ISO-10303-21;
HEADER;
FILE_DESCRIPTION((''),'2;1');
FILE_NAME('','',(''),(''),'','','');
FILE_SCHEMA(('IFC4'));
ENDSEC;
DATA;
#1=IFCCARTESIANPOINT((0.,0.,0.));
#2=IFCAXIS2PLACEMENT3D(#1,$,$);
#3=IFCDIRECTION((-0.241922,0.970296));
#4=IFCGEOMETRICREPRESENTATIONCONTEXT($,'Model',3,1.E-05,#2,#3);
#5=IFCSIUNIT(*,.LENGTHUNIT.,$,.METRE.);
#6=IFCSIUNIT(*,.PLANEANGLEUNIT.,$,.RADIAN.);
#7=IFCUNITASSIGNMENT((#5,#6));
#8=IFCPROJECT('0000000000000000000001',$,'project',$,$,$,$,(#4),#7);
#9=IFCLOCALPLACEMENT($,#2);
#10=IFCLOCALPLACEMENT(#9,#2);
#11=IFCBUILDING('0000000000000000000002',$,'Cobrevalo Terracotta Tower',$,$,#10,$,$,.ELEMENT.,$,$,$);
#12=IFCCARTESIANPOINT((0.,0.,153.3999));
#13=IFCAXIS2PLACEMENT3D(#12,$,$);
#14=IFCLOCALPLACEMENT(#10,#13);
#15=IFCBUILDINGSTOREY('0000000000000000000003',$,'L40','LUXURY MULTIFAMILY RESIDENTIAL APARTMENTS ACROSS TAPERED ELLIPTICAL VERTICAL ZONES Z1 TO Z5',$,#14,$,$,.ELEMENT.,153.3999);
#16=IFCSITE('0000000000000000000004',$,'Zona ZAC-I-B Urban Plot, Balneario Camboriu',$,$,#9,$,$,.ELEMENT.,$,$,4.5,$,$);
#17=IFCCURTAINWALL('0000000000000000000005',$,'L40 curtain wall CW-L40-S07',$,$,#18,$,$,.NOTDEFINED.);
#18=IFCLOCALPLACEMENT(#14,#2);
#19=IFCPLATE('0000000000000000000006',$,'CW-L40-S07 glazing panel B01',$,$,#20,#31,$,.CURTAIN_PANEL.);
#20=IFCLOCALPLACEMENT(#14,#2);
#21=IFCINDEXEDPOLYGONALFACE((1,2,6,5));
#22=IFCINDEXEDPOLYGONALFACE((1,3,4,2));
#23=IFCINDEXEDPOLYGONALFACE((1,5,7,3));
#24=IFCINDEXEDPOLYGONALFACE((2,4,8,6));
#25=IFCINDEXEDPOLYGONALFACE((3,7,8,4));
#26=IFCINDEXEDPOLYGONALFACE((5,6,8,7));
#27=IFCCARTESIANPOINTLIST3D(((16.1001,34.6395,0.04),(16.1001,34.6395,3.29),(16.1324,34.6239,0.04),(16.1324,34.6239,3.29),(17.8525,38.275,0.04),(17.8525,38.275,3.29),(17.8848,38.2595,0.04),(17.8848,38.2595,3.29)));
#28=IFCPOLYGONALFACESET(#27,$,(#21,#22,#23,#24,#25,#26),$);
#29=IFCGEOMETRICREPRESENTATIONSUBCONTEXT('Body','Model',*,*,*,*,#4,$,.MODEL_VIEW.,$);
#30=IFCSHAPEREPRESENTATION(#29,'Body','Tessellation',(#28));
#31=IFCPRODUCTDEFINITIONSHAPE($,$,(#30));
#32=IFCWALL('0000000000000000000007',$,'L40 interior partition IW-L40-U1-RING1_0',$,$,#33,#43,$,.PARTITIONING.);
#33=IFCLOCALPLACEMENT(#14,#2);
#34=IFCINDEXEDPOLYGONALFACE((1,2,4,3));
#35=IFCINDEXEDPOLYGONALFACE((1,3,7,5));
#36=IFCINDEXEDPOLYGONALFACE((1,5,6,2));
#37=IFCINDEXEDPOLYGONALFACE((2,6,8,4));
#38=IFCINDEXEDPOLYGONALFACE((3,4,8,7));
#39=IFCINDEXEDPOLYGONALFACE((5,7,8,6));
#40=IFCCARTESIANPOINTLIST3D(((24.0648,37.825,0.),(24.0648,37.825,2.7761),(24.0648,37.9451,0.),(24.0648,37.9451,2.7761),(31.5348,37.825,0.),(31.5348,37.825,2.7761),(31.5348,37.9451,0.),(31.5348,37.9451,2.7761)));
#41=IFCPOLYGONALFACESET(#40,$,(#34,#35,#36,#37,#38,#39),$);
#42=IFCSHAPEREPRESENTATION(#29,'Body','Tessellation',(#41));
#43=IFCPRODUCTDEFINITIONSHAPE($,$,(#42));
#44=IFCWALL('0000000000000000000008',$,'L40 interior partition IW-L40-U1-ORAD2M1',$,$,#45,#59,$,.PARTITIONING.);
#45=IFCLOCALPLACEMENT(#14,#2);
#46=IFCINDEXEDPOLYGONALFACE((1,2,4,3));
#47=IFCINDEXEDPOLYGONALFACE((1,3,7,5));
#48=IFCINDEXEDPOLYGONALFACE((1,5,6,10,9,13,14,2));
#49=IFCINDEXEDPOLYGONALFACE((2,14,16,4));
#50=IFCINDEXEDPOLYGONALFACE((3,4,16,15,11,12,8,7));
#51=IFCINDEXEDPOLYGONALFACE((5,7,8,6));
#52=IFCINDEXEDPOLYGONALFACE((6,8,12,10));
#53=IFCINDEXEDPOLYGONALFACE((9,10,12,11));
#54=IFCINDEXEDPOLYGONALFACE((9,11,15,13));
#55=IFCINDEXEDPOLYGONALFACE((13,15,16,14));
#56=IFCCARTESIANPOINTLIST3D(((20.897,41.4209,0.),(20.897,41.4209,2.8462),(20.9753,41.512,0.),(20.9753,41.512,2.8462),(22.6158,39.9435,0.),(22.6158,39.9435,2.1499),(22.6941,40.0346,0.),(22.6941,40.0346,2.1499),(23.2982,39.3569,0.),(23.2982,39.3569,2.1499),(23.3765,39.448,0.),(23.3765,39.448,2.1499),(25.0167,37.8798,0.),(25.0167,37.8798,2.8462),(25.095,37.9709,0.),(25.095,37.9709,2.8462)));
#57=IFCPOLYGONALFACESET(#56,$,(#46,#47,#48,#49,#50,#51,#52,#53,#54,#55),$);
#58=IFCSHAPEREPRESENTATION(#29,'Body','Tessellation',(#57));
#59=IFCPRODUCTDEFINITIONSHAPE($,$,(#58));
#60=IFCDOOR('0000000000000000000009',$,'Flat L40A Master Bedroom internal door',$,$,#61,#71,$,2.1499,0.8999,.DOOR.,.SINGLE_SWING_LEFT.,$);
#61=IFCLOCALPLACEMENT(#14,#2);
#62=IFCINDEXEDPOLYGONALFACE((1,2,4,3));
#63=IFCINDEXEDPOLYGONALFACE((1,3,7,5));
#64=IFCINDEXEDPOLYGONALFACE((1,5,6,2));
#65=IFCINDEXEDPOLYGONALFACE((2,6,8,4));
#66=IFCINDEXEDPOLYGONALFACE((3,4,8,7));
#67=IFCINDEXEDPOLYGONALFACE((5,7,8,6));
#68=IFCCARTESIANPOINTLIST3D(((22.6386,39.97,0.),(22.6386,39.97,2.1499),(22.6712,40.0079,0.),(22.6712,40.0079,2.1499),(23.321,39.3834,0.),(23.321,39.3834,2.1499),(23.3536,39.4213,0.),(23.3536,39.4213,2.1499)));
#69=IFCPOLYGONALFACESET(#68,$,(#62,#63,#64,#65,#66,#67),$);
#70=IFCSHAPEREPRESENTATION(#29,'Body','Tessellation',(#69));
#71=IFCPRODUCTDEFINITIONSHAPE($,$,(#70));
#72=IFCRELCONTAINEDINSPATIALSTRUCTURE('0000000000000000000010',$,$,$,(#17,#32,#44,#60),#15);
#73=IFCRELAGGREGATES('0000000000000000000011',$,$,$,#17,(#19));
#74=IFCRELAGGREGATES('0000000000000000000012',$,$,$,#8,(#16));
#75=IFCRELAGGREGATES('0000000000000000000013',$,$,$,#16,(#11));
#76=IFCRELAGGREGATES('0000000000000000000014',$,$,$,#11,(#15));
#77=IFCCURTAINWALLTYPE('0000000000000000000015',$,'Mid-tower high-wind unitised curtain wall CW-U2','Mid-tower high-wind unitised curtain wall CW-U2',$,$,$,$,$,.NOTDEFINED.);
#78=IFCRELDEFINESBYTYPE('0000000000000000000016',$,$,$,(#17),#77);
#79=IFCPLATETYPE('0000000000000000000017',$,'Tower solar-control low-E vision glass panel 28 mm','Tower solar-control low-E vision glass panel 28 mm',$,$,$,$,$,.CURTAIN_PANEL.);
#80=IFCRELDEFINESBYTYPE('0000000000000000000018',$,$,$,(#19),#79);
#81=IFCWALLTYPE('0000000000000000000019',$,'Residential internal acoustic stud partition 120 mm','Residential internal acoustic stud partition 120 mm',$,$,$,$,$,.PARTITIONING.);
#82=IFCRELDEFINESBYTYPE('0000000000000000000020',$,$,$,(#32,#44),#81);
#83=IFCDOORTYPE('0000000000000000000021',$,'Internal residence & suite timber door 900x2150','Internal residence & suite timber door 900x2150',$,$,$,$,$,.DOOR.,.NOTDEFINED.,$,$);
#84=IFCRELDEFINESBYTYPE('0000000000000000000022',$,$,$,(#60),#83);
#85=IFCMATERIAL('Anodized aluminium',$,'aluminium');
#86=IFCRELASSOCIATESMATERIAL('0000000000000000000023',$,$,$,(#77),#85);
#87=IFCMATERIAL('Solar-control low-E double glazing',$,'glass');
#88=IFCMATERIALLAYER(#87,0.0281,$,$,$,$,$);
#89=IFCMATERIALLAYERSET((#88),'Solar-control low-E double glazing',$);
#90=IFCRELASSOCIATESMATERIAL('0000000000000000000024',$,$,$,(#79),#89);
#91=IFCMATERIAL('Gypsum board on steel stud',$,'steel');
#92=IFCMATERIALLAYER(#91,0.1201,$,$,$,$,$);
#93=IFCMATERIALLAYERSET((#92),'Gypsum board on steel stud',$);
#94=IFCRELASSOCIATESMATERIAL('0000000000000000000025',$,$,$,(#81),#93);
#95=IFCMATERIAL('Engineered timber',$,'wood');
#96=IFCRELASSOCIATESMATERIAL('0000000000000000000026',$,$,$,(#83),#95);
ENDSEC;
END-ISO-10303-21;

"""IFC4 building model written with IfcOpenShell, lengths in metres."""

from ifc_helpers import new_model, si_unit, direction, frame, frame_2d, origin, origin_2d, place, context, subcontext, project, spatial, rectangle, extrude, source, transform, mapped, material, layer, layer_set, type_object, element, fill, aggregate, save


model = new_model("IFC4")

# Units and contexts
model_context = context("Model", 3, precision=1e-05, world=origin(), true_north=direction((-0.241922, 0.970296)))
body_context = subcontext(model_context, "Body", "Model", "MODEL_VIEW")
ifc_project = project(units=[si_unit("LENGTHUNIT", "METRE"), si_unit("PLANEANGLEUNIT", "RADIAN")], contexts=[model_context])

# Site, building, storey
site_placement = place(None, origin())
site = spatial("IfcSite", under=ifc_project, at=site_placement, Name="Zona ZAC-I-B Urban Plot, Balneario Camboriu", CompositionType="ELEMENT", RefElevation=4.5)
building_placement = place(site_placement, origin())
building = spatial("IfcBuilding", under=site, at=building_placement, Name="Cobrevalo Terracotta Tower", CompositionType="ELEMENT")
storey_placement = place(building_placement, frame((0.0, 0.0, 153.3999)))
storey = spatial("IfcBuildingStorey", under=building, at=storey_placement, Name="L40", Description="LUXURY MULTIFAMILY RESIDENTIAL APARTMENTS ACROSS TAPERED ELLIPTICAL VERTICAL ZONES Z1 TO Z5", CompositionType="ELEMENT", Elevation=153.3999)

# Shared definitions
ifc_material_1 = material(Name="Anodized aluminium", Category="aluminium")
curtain_wall_type = type_object("IfcCurtainWallType", Name="Mid-tower high-wind unitised curtain wall CW-U2", Description="Mid-tower high-wind unitised curtain wall CW-U2", PredefinedType="NOTDEFINED", material=ifc_material_1)

# Curtain wall
curtain_wall_1_placement = place(storey_placement, origin())
curtain_wall_1 = element("IfcCurtainWall", 1, at=curtain_wall_1_placement, inside=storey, type_object=curtain_wall_type, Name="L40 curtain wall CW-L40-S07", PredefinedType="NOTDEFINED")

# Plate
ifc_material_2 = material(Name="Solar-control low-E double glazing", Category="glass")
ifc_layer_1 = layer(ifc_material_2, 0.0281)
ifc_layer_set_1 = layer_set([ifc_layer_1], Name="Solar-control low-E double glazing")
plate_type = type_object("IfcPlateType", Name="Tower solar-control low-E vision glass panel 28 mm", Description="Tower solar-control low-E vision glass panel 28 mm", PredefinedType="CURTAIN_PANEL", material=ifc_layer_set_1)
shared_shape_1 = source(origin(), body_context, "Body", "SweptSolid", [
    extrude(rectangle(XDim=4.0359, YDim=0.0359, at=origin_2d()), origin(), (0.0, 0.0, 1.0), 3.25),
])
plate_1_placement = place(storey_placement, frame((16.9924, 36.4495, 0.04), z_axis=(0.0, 0.0, 1.0), x_axis=(-0.434209, -0.900812, 0.0)))
plate_1 = element("IfcPlate", 2, at=plate_1_placement, type_object=plate_type, Name="CW-L40-S07 glazing panel B01", PredefinedType="CURTAIN_PANEL", context=body_context, shape_type="MappedRepresentation", body=[
    mapped(shared_shape_1, transform((0.0, 0.0, 0.0), scale=1.0)),
])
aggregate(curtain_wall_1, [plate_1])

# Wall
ifc_material_3 = material(Name="Gypsum board on steel stud", Category="steel")
ifc_layer_2 = layer(ifc_material_3, 0.1201)
ifc_layer_set_2 = layer_set([ifc_layer_2], Name="Gypsum board on steel stud")
wall_type = type_object("IfcWallType", Name="Residential internal acoustic stud partition 120 mm", Description="Residential internal acoustic stud partition 120 mm", PredefinedType="PARTITIONING", material=ifc_layer_set_2)
wall_1_placement = place(storey_placement, frame((24.0649, 37.885, 0.0), z_axis=(0.0, 0.0, 1.0), x_axis=(1.0, 0.0, 0.0)))
element("IfcWall", 3, at=wall_1_placement, inside=storey, type_object=wall_type, Name="L40 interior partition IW-L40-U1-RING1_0", PredefinedType="PARTITIONING", context=body_context, shape_type="SweptSolid", body=[
    extrude(rectangle(XDim=7.47, YDim=0.1201, at=frame_2d((3.7349, 0.0))), origin(), (0.0, 0.0, 1.0), 2.7761),
])

# Wall, opening, door
wall_2_placement = place(storey_placement, frame((25.0559, 37.9253, 0.0), z_axis=(0.0, 0.0, 1.0), x_axis=(-0.758355, 0.651842, 0.0)))
wall_2 = element("IfcWall", 4, at=wall_2_placement, inside=storey, type_object=wall_type, Name="L40 interior partition IW-L40-U1-ORAD2M1", PredefinedType="PARTITIONING", context=body_context, shape_type="SweptSolid", body=[
    extrude(rectangle(XDim=5.4324, YDim=0.1201, at=frame_2d((2.7163, 0.0))), origin(), (0.0, 0.0, 1.0), 2.8462),
])
opening_placement = place(wall_2_placement, frame((2.2661, 0.0, 0.0)))
opening = element("IfcOpeningElement", 5, at=opening_placement, cuts=wall_2, PredefinedType="OPENING", context=body_context, shape_type="SweptSolid", body=[
    extrude(rectangle(XDim=0.8999, YDim=2.1499, at=frame_2d((0.45, 1.075))), frame((0.0, 0.0701, 0.0), z_axis=(0.0, -1.0, 0.0), x_axis=(1.0, 0.0, 0.0)), (0.0, 0.0, 1.0), 0.1401),
])
ifc_material_4 = material(Name="Engineered timber", Category="wood")
door_type = type_object("IfcDoorType", Name="Internal residence & suite timber door 900x2150", Description="Internal residence & suite timber door 900x2150", OperationType="NOTDEFINED", PredefinedType="DOOR", material=ifc_material_4)
shared_shape_2 = source(origin(), body_context, "Body", "SweptSolid", [
    extrude(rectangle(XDim=0.8999, YDim=2.1499, at=frame_2d((0.45, 1.075))), frame((0.0, 0.0249, 0.0), z_axis=(0.0, -1.0, 0.0), x_axis=(1.0, 0.0, 0.0)), (0.0, 0.0, 1.0), 0.05),
])
door_placement = place(opening_placement, frame((0.8999, 0.0, 0.0), z_axis=(0.0, 0.0, 1.0), x_axis=(-1.0, 0.0, 0.0)))
door = element("IfcDoor", 6, at=door_placement, inside=storey, type_object=door_type, Name="Flat L40A Master Bedroom internal door", OperationType="SINGLE_SWING_LEFT", OverallHeight=2.1499, OverallWidth=0.8999, PredefinedType="DOOR", context=body_context, shape_type="MappedRepresentation", body=[
    mapped(shared_shape_2, transform((0.0, 0.0, 0.0), scale=1.0)),
])
fill(opening, door)

save(model, "model.ifc")
